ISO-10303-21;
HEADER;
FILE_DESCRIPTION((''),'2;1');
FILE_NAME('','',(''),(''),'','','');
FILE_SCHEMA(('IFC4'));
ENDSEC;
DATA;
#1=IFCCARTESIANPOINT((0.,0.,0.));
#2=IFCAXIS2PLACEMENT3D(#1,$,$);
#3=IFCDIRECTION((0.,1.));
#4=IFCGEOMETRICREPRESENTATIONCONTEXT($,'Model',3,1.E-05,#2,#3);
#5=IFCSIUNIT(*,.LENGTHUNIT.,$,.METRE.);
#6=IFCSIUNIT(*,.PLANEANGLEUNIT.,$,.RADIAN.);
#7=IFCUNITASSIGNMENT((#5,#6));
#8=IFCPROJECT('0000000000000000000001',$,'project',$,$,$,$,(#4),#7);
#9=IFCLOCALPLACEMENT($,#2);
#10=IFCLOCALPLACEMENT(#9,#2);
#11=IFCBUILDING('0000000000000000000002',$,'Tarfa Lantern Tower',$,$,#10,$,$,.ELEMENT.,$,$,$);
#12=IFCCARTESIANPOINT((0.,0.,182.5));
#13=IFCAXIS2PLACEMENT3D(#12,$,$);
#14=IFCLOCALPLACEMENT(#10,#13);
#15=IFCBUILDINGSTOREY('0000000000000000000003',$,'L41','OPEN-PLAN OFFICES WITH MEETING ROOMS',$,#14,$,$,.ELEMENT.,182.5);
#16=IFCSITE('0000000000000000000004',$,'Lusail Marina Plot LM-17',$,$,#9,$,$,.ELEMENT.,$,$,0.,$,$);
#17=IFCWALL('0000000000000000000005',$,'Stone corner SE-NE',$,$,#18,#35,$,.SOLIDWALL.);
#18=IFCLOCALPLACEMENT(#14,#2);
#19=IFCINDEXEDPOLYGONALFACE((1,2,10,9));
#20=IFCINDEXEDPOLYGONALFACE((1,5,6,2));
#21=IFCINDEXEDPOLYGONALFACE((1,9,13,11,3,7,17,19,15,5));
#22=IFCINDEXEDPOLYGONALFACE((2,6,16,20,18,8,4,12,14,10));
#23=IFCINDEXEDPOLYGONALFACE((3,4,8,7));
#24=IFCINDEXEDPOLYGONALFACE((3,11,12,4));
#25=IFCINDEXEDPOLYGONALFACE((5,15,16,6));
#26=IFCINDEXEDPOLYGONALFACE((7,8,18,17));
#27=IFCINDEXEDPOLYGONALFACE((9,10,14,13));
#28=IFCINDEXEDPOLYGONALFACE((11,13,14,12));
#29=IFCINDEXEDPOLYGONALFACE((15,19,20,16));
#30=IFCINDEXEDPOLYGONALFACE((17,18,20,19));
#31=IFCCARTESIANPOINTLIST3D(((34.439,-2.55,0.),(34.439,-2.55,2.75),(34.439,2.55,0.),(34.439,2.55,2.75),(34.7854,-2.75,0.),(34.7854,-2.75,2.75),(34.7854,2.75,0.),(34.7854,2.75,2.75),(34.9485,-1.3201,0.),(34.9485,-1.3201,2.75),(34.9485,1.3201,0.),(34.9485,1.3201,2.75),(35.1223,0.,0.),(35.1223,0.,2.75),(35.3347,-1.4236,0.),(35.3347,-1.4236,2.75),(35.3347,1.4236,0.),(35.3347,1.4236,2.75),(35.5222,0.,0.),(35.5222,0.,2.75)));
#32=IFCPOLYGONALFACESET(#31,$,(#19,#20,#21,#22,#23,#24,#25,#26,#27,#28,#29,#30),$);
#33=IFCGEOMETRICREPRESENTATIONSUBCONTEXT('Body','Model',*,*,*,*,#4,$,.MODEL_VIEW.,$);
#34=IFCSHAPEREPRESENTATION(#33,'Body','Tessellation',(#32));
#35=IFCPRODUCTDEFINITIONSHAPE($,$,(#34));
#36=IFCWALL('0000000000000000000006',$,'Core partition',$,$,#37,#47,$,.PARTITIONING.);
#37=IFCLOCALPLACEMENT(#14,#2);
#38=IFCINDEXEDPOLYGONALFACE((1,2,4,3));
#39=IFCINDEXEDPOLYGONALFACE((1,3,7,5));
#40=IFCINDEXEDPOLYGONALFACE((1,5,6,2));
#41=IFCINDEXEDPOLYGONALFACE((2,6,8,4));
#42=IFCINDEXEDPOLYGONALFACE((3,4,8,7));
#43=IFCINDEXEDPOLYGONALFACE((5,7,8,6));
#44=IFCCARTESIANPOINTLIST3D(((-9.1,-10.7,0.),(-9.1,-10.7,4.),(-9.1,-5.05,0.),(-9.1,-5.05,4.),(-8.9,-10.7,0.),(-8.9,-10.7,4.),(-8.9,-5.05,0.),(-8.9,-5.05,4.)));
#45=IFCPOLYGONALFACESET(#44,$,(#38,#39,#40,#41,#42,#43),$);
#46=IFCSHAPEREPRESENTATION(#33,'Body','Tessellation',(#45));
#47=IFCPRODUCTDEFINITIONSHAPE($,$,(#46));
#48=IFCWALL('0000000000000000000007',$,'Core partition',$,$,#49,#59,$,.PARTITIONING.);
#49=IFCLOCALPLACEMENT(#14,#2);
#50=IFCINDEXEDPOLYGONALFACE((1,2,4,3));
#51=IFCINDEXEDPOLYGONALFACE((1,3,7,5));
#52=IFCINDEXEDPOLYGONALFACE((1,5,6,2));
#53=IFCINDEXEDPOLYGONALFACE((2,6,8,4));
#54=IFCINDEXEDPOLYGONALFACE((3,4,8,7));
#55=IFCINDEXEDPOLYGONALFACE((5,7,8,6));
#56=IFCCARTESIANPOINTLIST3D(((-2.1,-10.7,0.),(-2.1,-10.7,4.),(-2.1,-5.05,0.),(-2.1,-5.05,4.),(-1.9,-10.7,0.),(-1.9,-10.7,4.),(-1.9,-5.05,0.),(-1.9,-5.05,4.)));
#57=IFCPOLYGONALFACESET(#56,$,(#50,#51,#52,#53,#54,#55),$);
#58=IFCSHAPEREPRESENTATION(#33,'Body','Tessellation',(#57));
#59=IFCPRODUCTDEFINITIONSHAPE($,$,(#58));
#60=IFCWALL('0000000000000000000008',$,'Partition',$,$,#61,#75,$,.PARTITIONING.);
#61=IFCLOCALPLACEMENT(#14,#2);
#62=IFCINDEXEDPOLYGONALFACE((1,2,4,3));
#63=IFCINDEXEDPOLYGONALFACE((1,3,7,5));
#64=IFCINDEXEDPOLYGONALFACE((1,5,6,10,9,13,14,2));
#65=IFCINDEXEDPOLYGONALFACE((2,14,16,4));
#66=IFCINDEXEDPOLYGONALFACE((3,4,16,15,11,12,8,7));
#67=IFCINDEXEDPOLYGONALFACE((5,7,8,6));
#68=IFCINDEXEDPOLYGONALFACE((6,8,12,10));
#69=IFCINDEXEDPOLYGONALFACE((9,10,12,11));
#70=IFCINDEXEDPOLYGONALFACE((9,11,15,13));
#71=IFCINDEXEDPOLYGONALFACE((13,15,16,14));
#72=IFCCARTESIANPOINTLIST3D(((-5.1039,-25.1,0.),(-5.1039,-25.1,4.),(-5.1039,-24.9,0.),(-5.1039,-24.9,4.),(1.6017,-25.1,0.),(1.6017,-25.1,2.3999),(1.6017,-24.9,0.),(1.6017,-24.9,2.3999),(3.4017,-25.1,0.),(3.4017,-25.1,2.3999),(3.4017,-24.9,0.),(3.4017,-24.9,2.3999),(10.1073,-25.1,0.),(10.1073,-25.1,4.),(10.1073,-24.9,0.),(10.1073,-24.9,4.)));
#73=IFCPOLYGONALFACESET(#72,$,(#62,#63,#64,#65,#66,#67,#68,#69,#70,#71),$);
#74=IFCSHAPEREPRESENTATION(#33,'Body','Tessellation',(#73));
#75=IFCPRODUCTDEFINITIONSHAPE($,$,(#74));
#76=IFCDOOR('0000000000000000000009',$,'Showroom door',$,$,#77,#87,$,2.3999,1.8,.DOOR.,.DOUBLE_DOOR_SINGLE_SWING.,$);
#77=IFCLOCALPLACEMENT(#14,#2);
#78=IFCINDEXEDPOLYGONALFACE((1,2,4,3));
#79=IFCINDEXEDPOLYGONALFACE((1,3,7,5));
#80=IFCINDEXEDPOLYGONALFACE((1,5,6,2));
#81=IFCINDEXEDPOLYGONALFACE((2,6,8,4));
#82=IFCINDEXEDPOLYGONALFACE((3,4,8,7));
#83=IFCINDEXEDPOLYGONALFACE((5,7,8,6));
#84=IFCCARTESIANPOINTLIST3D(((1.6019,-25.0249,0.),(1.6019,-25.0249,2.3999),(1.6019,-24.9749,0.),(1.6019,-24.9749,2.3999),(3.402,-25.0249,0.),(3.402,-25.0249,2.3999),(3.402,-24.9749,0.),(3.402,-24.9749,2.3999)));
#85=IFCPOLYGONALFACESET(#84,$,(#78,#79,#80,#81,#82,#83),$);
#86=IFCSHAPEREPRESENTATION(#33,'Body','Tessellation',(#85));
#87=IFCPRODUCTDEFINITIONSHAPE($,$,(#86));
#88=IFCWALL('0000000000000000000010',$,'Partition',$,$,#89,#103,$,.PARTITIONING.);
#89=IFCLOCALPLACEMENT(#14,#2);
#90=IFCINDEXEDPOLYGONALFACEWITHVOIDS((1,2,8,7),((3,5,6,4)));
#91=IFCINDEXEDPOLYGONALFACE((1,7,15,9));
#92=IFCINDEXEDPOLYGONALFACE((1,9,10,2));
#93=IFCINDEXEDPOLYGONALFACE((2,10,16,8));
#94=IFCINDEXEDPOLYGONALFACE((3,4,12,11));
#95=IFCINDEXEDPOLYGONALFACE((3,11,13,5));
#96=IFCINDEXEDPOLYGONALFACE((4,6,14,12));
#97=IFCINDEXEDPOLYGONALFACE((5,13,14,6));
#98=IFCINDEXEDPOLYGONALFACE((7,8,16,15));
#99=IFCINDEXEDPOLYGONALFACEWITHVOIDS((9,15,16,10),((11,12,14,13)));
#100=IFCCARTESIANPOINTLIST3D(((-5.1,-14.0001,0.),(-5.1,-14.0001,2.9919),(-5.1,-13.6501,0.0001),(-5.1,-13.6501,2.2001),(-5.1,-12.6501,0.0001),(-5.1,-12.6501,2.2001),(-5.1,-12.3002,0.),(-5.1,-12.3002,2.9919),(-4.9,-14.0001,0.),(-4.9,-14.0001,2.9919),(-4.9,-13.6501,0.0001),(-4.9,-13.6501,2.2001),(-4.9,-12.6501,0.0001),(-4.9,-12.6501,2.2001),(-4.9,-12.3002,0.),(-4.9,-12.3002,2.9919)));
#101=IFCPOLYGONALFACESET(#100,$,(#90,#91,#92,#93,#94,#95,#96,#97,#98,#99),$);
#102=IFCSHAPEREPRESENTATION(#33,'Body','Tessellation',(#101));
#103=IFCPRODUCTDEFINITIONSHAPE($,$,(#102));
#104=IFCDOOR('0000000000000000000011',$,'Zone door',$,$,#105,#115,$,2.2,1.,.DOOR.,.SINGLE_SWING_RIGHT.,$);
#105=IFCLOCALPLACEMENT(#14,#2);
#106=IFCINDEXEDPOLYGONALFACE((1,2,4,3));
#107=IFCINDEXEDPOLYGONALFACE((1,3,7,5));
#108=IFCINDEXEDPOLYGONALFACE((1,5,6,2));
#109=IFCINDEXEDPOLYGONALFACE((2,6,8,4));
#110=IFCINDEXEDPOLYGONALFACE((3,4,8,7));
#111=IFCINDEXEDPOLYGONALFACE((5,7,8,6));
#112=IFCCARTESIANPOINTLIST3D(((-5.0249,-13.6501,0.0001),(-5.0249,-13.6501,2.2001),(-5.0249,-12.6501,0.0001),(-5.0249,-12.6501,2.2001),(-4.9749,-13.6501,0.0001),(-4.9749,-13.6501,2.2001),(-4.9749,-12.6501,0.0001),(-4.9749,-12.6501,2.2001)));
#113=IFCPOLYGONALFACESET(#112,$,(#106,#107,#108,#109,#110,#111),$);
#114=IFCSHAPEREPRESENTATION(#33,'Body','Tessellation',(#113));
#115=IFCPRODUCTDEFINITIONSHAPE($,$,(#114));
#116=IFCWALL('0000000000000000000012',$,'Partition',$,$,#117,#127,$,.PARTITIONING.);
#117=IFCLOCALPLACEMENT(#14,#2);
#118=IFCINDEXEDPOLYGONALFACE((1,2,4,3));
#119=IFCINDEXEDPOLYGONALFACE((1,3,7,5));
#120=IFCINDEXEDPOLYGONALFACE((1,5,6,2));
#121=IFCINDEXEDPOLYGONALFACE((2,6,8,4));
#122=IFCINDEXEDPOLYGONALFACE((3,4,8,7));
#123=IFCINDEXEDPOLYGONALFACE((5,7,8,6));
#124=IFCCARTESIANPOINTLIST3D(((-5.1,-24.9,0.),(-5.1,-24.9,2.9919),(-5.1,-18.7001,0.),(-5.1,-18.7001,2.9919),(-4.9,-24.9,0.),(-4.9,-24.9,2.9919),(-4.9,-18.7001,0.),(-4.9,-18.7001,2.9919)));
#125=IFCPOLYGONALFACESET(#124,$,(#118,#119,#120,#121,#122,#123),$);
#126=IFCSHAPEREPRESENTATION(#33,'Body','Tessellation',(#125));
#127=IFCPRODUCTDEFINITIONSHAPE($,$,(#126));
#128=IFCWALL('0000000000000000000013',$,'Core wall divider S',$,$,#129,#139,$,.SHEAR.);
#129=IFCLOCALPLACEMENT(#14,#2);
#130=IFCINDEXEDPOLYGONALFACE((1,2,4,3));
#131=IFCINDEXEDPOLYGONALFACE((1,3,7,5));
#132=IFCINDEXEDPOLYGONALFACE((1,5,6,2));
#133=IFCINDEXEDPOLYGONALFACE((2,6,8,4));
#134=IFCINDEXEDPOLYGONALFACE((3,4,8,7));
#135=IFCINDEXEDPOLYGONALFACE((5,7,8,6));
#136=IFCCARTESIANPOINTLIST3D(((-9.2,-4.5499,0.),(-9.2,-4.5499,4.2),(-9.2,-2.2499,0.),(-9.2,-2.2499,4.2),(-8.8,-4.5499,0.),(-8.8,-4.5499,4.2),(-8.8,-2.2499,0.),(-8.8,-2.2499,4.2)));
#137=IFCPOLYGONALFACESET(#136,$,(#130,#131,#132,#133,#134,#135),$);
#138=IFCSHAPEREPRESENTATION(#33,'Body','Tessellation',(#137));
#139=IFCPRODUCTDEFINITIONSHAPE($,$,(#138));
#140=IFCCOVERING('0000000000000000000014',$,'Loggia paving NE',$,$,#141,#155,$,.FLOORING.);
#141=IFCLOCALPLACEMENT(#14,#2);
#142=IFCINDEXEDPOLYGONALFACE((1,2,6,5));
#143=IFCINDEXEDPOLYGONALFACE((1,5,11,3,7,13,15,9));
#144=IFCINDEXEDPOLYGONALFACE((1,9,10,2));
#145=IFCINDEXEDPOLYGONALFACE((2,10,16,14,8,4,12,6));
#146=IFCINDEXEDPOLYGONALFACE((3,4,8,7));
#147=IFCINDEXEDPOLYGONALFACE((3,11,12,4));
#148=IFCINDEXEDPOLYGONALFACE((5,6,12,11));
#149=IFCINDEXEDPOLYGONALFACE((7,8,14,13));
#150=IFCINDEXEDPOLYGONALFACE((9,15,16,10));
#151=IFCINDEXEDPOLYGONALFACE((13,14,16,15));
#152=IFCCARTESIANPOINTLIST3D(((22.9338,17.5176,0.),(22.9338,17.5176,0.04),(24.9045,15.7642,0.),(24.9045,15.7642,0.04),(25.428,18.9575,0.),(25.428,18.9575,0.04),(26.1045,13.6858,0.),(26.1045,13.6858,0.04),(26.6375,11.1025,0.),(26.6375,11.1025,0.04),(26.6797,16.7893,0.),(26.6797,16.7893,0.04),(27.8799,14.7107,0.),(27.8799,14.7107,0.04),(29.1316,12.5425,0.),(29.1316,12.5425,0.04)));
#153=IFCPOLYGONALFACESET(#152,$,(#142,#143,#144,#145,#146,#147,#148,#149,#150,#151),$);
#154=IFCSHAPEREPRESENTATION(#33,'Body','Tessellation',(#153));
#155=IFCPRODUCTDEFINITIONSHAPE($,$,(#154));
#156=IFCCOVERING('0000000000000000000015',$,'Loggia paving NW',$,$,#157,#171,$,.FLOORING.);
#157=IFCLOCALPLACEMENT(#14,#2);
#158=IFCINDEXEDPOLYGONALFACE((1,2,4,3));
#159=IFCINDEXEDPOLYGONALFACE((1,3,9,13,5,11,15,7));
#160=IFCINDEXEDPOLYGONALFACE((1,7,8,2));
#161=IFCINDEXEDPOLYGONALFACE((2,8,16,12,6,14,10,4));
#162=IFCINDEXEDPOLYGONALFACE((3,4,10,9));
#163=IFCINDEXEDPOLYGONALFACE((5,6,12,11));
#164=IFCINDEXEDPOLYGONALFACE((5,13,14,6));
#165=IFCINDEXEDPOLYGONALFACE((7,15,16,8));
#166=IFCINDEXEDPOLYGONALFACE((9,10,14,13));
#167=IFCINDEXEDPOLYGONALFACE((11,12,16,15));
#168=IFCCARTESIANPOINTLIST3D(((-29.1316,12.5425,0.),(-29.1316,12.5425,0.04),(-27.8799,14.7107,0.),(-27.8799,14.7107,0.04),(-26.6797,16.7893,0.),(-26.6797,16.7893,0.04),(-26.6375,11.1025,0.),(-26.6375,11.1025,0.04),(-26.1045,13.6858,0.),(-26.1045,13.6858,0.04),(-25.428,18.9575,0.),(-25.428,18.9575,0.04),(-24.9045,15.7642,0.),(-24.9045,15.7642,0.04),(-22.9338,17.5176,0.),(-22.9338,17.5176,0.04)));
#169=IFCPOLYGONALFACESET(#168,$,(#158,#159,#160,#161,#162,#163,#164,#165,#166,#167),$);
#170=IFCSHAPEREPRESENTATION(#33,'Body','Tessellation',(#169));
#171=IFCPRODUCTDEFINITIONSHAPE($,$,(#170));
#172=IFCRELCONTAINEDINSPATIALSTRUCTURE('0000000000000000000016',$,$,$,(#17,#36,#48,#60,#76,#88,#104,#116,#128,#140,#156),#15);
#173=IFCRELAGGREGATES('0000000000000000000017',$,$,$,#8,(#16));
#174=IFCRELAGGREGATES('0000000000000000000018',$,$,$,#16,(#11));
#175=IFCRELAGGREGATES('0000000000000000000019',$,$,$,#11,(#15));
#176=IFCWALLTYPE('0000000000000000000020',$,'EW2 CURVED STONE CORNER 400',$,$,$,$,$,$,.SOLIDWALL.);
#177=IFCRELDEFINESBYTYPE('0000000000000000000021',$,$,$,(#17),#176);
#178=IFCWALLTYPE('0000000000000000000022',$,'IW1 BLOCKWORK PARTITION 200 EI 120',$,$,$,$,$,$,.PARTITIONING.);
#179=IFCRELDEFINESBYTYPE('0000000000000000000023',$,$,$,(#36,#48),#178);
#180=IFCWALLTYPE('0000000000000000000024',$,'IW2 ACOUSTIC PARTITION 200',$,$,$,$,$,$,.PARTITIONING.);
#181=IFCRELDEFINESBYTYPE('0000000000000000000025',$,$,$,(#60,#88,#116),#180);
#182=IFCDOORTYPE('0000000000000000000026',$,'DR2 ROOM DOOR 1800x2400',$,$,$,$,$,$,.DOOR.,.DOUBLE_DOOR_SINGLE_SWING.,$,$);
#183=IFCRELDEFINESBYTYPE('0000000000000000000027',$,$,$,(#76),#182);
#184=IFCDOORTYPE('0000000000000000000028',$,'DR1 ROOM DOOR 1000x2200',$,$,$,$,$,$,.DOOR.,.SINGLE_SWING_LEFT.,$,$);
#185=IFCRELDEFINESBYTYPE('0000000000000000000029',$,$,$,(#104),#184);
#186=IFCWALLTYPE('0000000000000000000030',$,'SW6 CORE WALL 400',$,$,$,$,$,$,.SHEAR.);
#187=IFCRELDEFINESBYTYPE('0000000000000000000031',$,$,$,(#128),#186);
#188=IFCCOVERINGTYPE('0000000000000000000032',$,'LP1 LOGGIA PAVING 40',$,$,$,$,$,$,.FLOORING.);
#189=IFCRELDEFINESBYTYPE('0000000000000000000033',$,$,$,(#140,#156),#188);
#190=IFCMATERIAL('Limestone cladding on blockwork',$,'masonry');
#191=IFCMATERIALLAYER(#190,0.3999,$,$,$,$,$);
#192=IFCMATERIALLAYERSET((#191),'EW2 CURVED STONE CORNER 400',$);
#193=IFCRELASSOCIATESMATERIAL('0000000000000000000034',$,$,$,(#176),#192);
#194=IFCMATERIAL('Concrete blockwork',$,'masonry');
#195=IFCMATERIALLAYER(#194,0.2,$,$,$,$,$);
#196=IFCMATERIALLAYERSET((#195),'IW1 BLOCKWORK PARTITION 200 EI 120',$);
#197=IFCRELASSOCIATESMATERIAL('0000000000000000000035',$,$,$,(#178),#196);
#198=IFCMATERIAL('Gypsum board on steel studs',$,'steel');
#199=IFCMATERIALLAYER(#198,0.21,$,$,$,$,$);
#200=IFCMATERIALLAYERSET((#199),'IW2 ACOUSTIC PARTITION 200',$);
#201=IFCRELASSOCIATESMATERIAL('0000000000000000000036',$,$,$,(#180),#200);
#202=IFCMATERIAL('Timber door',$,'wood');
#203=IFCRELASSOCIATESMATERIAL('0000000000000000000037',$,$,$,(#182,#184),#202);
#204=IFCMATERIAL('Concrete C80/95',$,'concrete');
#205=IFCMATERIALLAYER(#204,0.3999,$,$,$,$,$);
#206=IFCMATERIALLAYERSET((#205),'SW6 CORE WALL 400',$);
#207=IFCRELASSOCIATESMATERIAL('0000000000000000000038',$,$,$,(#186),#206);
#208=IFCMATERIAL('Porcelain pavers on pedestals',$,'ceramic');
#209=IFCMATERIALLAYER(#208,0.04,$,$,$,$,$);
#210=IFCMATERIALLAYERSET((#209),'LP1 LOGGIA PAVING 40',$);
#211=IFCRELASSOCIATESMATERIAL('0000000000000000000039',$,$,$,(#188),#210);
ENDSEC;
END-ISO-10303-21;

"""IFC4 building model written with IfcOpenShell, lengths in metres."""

from ifc_helpers import new_model, si_unit, direction, frame, frame_2d, origin, place, context, subcontext, project, spatial, polyline, rectangle, outline, extrude, material, layer, layer_set, type_object, element, fill, save


model = new_model("IFC4")

# Units and contexts
model_context = context("Model", 3, precision=1e-05, world=origin(), true_north=direction((0.0, 1.0)))
body_context = subcontext(model_context, "Body", "Model", "MODEL_VIEW")
ifc_project = project(units=[si_unit("LENGTHUNIT", "METRE"), si_unit("PLANEANGLEUNIT", "RADIAN")], contexts=[model_context])

# Site, building, storey
site_placement = place(None, origin())
site = spatial("IfcSite", under=ifc_project, at=site_placement, Name="Lusail Marina Plot LM-17", CompositionType="ELEMENT", RefElevation=0.0)
building_placement = place(site_placement, origin())
building = spatial("IfcBuilding", under=site, at=building_placement, Name="Tarfa Lantern Tower", CompositionType="ELEMENT")
storey_placement = place(building_placement, frame((0.0, 0.0, 182.5)))
storey = spatial("IfcBuildingStorey", under=building, at=storey_placement, Name="L41", Description="OPEN-PLAN OFFICES WITH MEETING ROOMS", CompositionType="ELEMENT", Elevation=182.5)

# Walls
ifc_material_1 = material(Name="Limestone cladding on blockwork", Category="masonry")
ifc_layer_1 = layer(ifc_material_1, 0.3999)
ifc_layer_set_1 = layer_set([ifc_layer_1], Name="EW2 CURVED STONE CORNER 400")
wall_type_1 = type_object("IfcWallType", Name="EW2 CURVED STONE CORNER 400", PredefinedType="SOLIDWALL", material=ifc_layer_set_1)
wall_1_placement = place(storey_placement, origin())
element("IfcWall", 1, at=wall_1_placement, inside=storey, type_object=wall_type_1, Name="Stone corner SE-NE", PredefinedType="SOLIDWALL", context=body_context, shape_type="SweptSolid", body=[
    extrude(outline(polyline([(34.7854, -2.75), (35.3347, -1.4236), (35.5222, 0.0), (35.3347, 1.4236), (34.7854, 2.75), (34.439, 2.55), (34.9485, 1.3201), (35.1223, 0.0), (34.9485, -1.3201), (34.439, -2.55), (34.7854, -2.75)])), origin(), (0.0, 0.0, 1.0), 2.75),
])
ifc_material_2 = material(Name="Concrete blockwork", Category="masonry")
ifc_layer_2 = layer(ifc_material_2, 0.2)
ifc_layer_set_2 = layer_set([ifc_layer_2], Name="IW1 BLOCKWORK PARTITION 200 EI 120")
wall_type_2 = type_object("IfcWallType", Name="IW1 BLOCKWORK PARTITION 200 EI 120", PredefinedType="PARTITIONING", material=ifc_layer_set_2)
for number, where, z_axis, x_axis, name in (
    (2, (-9.0, -5.05, 0.0), (0.0, 0.0, 1.0), (0.0, -1.0, 0.0), "Core partition"),
    (3, (-2.0, -5.05, 0.0), (0.0, 0.0, 1.0), (0.0, -1.0, 0.0), "Core partition"),
):
    element("IfcWall", number, at=place(storey_placement, frame(where, z_axis=z_axis, x_axis=x_axis)), inside=storey, type_object=wall_type_2, Name=name, PredefinedType="PARTITIONING", context=body_context, shape_type="SweptSolid", body=[
        extrude(rectangle(XDim=5.6499, YDim=0.2, at=frame_2d((2.825, 0.0))), origin(), (0.0, 0.0, 1.0), 4.0),
    ])

# Walls, openings, doors
ifc_material_3 = material(Name="Gypsum board on steel studs", Category="steel")
ifc_layer_3 = layer(ifc_material_3, 0.21)
ifc_layer_set_3 = layer_set([ifc_layer_3], Name="IW2 ACOUSTIC PARTITION 200")
wall_type_3 = type_object("IfcWallType", Name="IW2 ACOUSTIC PARTITION 200", PredefinedType="PARTITIONING", material=ifc_layer_set_3)
wall_2_placement = place(storey_placement, frame((-5.1038, -25.0, 0.0), z_axis=(0.0, 0.0, 1.0), x_axis=(1.0, 0.0, 0.0)))
wall_2 = element("IfcWall", 4, at=wall_2_placement, inside=storey, type_object=wall_type_3, Name="Partition", PredefinedType="PARTITIONING", context=body_context, shape_type="SweptSolid", body=[
    extrude(rectangle(XDim=15.2112, YDim=0.2, at=frame_2d((7.6055, 0.0))), origin(), (0.0, 0.0, 1.0), 4.0),
])
opening_1_placement = place(wall_2_placement, frame((6.7056, 0.0, 0.0)))
opening_1 = element("IfcOpeningElement", 5, at=opening_1_placement, cuts=wall_2, PredefinedType="OPENING", context=body_context, shape_type="SweptSolid", body=[
    extrude(rectangle(XDim=1.8, YDim=2.3999, at=frame_2d((0.8999, 1.2))), frame((0.0, 0.1099, 0.0), z_axis=(0.0, -1.0, 0.0), x_axis=(1.0, 0.0, 0.0)), (0.0, 0.0, 1.0), 0.22),
])
ifc_material_4 = material(Name="Timber door", Category="wood")
door_type_1 = type_object("IfcDoorType", Name="DR2 ROOM DOOR 1800x2400", OperationType="DOUBLE_DOOR_SINGLE_SWING", PredefinedType="DOOR", material=ifc_material_4)
door_1_placement = place(opening_1_placement, frame((1.8, 0.0, 0.0), z_axis=(0.0, 0.0, 1.0), x_axis=(-1.0, 0.0, 0.0)))
door_1 = element("IfcDoor", 6, at=door_1_placement, inside=storey, type_object=door_type_1, Name="Showroom door", OperationType="DOUBLE_DOOR_SINGLE_SWING", OverallHeight=2.3999, OverallWidth=1.8, PredefinedType="DOOR", context=body_context, shape_type="SweptSolid", body=[
    extrude(rectangle(XDim=1.8, YDim=2.3999, at=frame_2d((0.8999, 1.2))), frame((0.0, 0.0249, 0.0), z_axis=(0.0, -1.0, 0.0), x_axis=(1.0, 0.0, 0.0)), (0.0, 0.0, 1.0), 0.05),
])
fill(opening_1, door_1)
wall_3_placement = place(storey_placement, frame((-5.0, -12.3, 0.0), z_axis=(0.0, 0.0, 1.0), x_axis=(0.0, -1.0, 0.0)))
wall_3 = element("IfcWall", 7, at=wall_3_placement, inside=storey, type_object=wall_type_3, Name="Partition", PredefinedType="PARTITIONING", context=body_context, shape_type="SweptSolid", body=[
    extrude(rectangle(XDim=1.7, YDim=0.2, at=frame_2d((0.8501, 0.0))), origin(), (0.0, 0.0, 1.0), 2.9919),
])
opening_2_placement = place(wall_3_placement, frame((0.3501, 0.0, 0.0)))
opening_2 = element("IfcOpeningElement", 8, at=opening_2_placement, cuts=wall_3, PredefinedType="OPENING", context=body_context, shape_type="SweptSolid", body=[
    extrude(rectangle(XDim=1.0, YDim=2.2, at=frame_2d((0.5, 1.1001))), frame((0.0, 0.1099, 0.0), z_axis=(0.0, -1.0, 0.0), x_axis=(1.0, 0.0, 0.0)), (0.0, 0.0, 1.0), 0.22),
])
door_type_2 = type_object("IfcDoorType", Name="DR1 ROOM DOOR 1000x2200", OperationType="SINGLE_SWING_LEFT", PredefinedType="DOOR", material=ifc_material_4)
door_2_placement = place(opening_2_placement, frame((1.0, 0.0, 0.0), z_axis=(0.0, 0.0, 1.0), x_axis=(-1.0, 0.0, 0.0)))
door_2 = element("IfcDoor", 9, at=door_2_placement, inside=storey, type_object=door_type_2, Name="Zone door", OperationType="SINGLE_SWING_RIGHT", OverallHeight=2.2, OverallWidth=1.0, PredefinedType="DOOR", context=body_context, shape_type="SweptSolid", body=[
    extrude(rectangle(XDim=1.0, YDim=2.2, at=frame_2d((0.5, 1.1001))), frame((0.0, 0.0249, 0.0), z_axis=(0.0, -1.0, 0.0), x_axis=(1.0, 0.0, 0.0)), (0.0, 0.0, 1.0), 0.05),
])
fill(opening_2, door_2)

# Walls
wall_4_placement = place(storey_placement, frame((-5.0, -18.7, 0.0), z_axis=(0.0, 0.0, 1.0), x_axis=(0.0, -1.0, 0.0)))
element("IfcWall", 10, at=wall_4_placement, inside=storey, type_object=wall_type_3, Name="Partition", PredefinedType="PARTITIONING", context=body_context, shape_type="SweptSolid", body=[
    extrude(rectangle(XDim=6.2, YDim=0.2, at=frame_2d((3.1001, 0.0))), origin(), (0.0, 0.0, 1.0), 2.9919),
])
ifc_material_5 = material(Name="Concrete C80/95", Category="concrete")
ifc_layer_4 = layer(ifc_material_5, 0.3999)
ifc_layer_set_4 = layer_set([ifc_layer_4], Name="SW6 CORE WALL 400")
wall_type_4 = type_object("IfcWallType", Name="SW6 CORE WALL 400", PredefinedType="SHEAR", material=ifc_layer_set_4)
wall_5_placement = place(storey_placement, frame((-9.0, -2.25, 0.0), z_axis=(0.0, 0.0, 1.0), x_axis=(0.0, -1.0, 0.0)))
element("IfcWall", 11, at=wall_5_placement, inside=storey, type_object=wall_type_4, Name="Core wall divider S", PredefinedType="SHEAR", context=body_context, shape_type="SweptSolid", body=[
    extrude(rectangle(XDim=2.3, YDim=0.3999, at=frame_2d((1.1499, 0.0))), origin(), (0.0, 0.0, 1.0), 4.2),
])

# Coverings
ifc_material_6 = material(Name="Porcelain pavers on pedestals", Category="ceramic")
ifc_layer_5 = layer(ifc_material_6, 0.04)
ifc_layer_set_5 = layer_set([ifc_layer_5], Name="LP1 LOGGIA PAVING 40")
covering_type = type_object("IfcCoveringType", Name="LP1 LOGGIA PAVING 40", PredefinedType="FLOORING", material=ifc_layer_set_5)
covering_1_placement = place(storey_placement, origin())
element("IfcCovering", 12, at=covering_1_placement, inside=storey, type_object=covering_type, Name="Loggia paving NE", PredefinedType="FLOORING", context=body_context, shape_type="SweptSolid", body=[
    extrude(outline(polyline([(29.1316, 12.5425), (26.6375, 11.1025), (22.9338, 17.5176), (25.428, 18.9575), (26.6797, 16.7893), (24.9045, 15.7642), (26.1045, 13.6858), (27.8799, 14.7107), (29.1316, 12.5425)])), origin(), (0.0, 0.0, 1.0), 0.04),
])
covering_2_placement = place(storey_placement, origin())
element("IfcCovering", 13, at=covering_2_placement, inside=storey, type_object=covering_type, Name="Loggia paving NW", PredefinedType="FLOORING", context=body_context, shape_type="SweptSolid", body=[
    extrude(outline(polyline([(-25.428, 18.9575), (-22.9338, 17.5176), (-26.6375, 11.1025), (-29.1316, 12.5425), (-27.8799, 14.7107), (-26.1045, 13.6858), (-24.9045, 15.7642), (-26.6797, 16.7893), (-25.428, 18.9575)])), origin(), (0.0, 0.0, 1.0), 0.04),
])

save(model, "model.ifc")
